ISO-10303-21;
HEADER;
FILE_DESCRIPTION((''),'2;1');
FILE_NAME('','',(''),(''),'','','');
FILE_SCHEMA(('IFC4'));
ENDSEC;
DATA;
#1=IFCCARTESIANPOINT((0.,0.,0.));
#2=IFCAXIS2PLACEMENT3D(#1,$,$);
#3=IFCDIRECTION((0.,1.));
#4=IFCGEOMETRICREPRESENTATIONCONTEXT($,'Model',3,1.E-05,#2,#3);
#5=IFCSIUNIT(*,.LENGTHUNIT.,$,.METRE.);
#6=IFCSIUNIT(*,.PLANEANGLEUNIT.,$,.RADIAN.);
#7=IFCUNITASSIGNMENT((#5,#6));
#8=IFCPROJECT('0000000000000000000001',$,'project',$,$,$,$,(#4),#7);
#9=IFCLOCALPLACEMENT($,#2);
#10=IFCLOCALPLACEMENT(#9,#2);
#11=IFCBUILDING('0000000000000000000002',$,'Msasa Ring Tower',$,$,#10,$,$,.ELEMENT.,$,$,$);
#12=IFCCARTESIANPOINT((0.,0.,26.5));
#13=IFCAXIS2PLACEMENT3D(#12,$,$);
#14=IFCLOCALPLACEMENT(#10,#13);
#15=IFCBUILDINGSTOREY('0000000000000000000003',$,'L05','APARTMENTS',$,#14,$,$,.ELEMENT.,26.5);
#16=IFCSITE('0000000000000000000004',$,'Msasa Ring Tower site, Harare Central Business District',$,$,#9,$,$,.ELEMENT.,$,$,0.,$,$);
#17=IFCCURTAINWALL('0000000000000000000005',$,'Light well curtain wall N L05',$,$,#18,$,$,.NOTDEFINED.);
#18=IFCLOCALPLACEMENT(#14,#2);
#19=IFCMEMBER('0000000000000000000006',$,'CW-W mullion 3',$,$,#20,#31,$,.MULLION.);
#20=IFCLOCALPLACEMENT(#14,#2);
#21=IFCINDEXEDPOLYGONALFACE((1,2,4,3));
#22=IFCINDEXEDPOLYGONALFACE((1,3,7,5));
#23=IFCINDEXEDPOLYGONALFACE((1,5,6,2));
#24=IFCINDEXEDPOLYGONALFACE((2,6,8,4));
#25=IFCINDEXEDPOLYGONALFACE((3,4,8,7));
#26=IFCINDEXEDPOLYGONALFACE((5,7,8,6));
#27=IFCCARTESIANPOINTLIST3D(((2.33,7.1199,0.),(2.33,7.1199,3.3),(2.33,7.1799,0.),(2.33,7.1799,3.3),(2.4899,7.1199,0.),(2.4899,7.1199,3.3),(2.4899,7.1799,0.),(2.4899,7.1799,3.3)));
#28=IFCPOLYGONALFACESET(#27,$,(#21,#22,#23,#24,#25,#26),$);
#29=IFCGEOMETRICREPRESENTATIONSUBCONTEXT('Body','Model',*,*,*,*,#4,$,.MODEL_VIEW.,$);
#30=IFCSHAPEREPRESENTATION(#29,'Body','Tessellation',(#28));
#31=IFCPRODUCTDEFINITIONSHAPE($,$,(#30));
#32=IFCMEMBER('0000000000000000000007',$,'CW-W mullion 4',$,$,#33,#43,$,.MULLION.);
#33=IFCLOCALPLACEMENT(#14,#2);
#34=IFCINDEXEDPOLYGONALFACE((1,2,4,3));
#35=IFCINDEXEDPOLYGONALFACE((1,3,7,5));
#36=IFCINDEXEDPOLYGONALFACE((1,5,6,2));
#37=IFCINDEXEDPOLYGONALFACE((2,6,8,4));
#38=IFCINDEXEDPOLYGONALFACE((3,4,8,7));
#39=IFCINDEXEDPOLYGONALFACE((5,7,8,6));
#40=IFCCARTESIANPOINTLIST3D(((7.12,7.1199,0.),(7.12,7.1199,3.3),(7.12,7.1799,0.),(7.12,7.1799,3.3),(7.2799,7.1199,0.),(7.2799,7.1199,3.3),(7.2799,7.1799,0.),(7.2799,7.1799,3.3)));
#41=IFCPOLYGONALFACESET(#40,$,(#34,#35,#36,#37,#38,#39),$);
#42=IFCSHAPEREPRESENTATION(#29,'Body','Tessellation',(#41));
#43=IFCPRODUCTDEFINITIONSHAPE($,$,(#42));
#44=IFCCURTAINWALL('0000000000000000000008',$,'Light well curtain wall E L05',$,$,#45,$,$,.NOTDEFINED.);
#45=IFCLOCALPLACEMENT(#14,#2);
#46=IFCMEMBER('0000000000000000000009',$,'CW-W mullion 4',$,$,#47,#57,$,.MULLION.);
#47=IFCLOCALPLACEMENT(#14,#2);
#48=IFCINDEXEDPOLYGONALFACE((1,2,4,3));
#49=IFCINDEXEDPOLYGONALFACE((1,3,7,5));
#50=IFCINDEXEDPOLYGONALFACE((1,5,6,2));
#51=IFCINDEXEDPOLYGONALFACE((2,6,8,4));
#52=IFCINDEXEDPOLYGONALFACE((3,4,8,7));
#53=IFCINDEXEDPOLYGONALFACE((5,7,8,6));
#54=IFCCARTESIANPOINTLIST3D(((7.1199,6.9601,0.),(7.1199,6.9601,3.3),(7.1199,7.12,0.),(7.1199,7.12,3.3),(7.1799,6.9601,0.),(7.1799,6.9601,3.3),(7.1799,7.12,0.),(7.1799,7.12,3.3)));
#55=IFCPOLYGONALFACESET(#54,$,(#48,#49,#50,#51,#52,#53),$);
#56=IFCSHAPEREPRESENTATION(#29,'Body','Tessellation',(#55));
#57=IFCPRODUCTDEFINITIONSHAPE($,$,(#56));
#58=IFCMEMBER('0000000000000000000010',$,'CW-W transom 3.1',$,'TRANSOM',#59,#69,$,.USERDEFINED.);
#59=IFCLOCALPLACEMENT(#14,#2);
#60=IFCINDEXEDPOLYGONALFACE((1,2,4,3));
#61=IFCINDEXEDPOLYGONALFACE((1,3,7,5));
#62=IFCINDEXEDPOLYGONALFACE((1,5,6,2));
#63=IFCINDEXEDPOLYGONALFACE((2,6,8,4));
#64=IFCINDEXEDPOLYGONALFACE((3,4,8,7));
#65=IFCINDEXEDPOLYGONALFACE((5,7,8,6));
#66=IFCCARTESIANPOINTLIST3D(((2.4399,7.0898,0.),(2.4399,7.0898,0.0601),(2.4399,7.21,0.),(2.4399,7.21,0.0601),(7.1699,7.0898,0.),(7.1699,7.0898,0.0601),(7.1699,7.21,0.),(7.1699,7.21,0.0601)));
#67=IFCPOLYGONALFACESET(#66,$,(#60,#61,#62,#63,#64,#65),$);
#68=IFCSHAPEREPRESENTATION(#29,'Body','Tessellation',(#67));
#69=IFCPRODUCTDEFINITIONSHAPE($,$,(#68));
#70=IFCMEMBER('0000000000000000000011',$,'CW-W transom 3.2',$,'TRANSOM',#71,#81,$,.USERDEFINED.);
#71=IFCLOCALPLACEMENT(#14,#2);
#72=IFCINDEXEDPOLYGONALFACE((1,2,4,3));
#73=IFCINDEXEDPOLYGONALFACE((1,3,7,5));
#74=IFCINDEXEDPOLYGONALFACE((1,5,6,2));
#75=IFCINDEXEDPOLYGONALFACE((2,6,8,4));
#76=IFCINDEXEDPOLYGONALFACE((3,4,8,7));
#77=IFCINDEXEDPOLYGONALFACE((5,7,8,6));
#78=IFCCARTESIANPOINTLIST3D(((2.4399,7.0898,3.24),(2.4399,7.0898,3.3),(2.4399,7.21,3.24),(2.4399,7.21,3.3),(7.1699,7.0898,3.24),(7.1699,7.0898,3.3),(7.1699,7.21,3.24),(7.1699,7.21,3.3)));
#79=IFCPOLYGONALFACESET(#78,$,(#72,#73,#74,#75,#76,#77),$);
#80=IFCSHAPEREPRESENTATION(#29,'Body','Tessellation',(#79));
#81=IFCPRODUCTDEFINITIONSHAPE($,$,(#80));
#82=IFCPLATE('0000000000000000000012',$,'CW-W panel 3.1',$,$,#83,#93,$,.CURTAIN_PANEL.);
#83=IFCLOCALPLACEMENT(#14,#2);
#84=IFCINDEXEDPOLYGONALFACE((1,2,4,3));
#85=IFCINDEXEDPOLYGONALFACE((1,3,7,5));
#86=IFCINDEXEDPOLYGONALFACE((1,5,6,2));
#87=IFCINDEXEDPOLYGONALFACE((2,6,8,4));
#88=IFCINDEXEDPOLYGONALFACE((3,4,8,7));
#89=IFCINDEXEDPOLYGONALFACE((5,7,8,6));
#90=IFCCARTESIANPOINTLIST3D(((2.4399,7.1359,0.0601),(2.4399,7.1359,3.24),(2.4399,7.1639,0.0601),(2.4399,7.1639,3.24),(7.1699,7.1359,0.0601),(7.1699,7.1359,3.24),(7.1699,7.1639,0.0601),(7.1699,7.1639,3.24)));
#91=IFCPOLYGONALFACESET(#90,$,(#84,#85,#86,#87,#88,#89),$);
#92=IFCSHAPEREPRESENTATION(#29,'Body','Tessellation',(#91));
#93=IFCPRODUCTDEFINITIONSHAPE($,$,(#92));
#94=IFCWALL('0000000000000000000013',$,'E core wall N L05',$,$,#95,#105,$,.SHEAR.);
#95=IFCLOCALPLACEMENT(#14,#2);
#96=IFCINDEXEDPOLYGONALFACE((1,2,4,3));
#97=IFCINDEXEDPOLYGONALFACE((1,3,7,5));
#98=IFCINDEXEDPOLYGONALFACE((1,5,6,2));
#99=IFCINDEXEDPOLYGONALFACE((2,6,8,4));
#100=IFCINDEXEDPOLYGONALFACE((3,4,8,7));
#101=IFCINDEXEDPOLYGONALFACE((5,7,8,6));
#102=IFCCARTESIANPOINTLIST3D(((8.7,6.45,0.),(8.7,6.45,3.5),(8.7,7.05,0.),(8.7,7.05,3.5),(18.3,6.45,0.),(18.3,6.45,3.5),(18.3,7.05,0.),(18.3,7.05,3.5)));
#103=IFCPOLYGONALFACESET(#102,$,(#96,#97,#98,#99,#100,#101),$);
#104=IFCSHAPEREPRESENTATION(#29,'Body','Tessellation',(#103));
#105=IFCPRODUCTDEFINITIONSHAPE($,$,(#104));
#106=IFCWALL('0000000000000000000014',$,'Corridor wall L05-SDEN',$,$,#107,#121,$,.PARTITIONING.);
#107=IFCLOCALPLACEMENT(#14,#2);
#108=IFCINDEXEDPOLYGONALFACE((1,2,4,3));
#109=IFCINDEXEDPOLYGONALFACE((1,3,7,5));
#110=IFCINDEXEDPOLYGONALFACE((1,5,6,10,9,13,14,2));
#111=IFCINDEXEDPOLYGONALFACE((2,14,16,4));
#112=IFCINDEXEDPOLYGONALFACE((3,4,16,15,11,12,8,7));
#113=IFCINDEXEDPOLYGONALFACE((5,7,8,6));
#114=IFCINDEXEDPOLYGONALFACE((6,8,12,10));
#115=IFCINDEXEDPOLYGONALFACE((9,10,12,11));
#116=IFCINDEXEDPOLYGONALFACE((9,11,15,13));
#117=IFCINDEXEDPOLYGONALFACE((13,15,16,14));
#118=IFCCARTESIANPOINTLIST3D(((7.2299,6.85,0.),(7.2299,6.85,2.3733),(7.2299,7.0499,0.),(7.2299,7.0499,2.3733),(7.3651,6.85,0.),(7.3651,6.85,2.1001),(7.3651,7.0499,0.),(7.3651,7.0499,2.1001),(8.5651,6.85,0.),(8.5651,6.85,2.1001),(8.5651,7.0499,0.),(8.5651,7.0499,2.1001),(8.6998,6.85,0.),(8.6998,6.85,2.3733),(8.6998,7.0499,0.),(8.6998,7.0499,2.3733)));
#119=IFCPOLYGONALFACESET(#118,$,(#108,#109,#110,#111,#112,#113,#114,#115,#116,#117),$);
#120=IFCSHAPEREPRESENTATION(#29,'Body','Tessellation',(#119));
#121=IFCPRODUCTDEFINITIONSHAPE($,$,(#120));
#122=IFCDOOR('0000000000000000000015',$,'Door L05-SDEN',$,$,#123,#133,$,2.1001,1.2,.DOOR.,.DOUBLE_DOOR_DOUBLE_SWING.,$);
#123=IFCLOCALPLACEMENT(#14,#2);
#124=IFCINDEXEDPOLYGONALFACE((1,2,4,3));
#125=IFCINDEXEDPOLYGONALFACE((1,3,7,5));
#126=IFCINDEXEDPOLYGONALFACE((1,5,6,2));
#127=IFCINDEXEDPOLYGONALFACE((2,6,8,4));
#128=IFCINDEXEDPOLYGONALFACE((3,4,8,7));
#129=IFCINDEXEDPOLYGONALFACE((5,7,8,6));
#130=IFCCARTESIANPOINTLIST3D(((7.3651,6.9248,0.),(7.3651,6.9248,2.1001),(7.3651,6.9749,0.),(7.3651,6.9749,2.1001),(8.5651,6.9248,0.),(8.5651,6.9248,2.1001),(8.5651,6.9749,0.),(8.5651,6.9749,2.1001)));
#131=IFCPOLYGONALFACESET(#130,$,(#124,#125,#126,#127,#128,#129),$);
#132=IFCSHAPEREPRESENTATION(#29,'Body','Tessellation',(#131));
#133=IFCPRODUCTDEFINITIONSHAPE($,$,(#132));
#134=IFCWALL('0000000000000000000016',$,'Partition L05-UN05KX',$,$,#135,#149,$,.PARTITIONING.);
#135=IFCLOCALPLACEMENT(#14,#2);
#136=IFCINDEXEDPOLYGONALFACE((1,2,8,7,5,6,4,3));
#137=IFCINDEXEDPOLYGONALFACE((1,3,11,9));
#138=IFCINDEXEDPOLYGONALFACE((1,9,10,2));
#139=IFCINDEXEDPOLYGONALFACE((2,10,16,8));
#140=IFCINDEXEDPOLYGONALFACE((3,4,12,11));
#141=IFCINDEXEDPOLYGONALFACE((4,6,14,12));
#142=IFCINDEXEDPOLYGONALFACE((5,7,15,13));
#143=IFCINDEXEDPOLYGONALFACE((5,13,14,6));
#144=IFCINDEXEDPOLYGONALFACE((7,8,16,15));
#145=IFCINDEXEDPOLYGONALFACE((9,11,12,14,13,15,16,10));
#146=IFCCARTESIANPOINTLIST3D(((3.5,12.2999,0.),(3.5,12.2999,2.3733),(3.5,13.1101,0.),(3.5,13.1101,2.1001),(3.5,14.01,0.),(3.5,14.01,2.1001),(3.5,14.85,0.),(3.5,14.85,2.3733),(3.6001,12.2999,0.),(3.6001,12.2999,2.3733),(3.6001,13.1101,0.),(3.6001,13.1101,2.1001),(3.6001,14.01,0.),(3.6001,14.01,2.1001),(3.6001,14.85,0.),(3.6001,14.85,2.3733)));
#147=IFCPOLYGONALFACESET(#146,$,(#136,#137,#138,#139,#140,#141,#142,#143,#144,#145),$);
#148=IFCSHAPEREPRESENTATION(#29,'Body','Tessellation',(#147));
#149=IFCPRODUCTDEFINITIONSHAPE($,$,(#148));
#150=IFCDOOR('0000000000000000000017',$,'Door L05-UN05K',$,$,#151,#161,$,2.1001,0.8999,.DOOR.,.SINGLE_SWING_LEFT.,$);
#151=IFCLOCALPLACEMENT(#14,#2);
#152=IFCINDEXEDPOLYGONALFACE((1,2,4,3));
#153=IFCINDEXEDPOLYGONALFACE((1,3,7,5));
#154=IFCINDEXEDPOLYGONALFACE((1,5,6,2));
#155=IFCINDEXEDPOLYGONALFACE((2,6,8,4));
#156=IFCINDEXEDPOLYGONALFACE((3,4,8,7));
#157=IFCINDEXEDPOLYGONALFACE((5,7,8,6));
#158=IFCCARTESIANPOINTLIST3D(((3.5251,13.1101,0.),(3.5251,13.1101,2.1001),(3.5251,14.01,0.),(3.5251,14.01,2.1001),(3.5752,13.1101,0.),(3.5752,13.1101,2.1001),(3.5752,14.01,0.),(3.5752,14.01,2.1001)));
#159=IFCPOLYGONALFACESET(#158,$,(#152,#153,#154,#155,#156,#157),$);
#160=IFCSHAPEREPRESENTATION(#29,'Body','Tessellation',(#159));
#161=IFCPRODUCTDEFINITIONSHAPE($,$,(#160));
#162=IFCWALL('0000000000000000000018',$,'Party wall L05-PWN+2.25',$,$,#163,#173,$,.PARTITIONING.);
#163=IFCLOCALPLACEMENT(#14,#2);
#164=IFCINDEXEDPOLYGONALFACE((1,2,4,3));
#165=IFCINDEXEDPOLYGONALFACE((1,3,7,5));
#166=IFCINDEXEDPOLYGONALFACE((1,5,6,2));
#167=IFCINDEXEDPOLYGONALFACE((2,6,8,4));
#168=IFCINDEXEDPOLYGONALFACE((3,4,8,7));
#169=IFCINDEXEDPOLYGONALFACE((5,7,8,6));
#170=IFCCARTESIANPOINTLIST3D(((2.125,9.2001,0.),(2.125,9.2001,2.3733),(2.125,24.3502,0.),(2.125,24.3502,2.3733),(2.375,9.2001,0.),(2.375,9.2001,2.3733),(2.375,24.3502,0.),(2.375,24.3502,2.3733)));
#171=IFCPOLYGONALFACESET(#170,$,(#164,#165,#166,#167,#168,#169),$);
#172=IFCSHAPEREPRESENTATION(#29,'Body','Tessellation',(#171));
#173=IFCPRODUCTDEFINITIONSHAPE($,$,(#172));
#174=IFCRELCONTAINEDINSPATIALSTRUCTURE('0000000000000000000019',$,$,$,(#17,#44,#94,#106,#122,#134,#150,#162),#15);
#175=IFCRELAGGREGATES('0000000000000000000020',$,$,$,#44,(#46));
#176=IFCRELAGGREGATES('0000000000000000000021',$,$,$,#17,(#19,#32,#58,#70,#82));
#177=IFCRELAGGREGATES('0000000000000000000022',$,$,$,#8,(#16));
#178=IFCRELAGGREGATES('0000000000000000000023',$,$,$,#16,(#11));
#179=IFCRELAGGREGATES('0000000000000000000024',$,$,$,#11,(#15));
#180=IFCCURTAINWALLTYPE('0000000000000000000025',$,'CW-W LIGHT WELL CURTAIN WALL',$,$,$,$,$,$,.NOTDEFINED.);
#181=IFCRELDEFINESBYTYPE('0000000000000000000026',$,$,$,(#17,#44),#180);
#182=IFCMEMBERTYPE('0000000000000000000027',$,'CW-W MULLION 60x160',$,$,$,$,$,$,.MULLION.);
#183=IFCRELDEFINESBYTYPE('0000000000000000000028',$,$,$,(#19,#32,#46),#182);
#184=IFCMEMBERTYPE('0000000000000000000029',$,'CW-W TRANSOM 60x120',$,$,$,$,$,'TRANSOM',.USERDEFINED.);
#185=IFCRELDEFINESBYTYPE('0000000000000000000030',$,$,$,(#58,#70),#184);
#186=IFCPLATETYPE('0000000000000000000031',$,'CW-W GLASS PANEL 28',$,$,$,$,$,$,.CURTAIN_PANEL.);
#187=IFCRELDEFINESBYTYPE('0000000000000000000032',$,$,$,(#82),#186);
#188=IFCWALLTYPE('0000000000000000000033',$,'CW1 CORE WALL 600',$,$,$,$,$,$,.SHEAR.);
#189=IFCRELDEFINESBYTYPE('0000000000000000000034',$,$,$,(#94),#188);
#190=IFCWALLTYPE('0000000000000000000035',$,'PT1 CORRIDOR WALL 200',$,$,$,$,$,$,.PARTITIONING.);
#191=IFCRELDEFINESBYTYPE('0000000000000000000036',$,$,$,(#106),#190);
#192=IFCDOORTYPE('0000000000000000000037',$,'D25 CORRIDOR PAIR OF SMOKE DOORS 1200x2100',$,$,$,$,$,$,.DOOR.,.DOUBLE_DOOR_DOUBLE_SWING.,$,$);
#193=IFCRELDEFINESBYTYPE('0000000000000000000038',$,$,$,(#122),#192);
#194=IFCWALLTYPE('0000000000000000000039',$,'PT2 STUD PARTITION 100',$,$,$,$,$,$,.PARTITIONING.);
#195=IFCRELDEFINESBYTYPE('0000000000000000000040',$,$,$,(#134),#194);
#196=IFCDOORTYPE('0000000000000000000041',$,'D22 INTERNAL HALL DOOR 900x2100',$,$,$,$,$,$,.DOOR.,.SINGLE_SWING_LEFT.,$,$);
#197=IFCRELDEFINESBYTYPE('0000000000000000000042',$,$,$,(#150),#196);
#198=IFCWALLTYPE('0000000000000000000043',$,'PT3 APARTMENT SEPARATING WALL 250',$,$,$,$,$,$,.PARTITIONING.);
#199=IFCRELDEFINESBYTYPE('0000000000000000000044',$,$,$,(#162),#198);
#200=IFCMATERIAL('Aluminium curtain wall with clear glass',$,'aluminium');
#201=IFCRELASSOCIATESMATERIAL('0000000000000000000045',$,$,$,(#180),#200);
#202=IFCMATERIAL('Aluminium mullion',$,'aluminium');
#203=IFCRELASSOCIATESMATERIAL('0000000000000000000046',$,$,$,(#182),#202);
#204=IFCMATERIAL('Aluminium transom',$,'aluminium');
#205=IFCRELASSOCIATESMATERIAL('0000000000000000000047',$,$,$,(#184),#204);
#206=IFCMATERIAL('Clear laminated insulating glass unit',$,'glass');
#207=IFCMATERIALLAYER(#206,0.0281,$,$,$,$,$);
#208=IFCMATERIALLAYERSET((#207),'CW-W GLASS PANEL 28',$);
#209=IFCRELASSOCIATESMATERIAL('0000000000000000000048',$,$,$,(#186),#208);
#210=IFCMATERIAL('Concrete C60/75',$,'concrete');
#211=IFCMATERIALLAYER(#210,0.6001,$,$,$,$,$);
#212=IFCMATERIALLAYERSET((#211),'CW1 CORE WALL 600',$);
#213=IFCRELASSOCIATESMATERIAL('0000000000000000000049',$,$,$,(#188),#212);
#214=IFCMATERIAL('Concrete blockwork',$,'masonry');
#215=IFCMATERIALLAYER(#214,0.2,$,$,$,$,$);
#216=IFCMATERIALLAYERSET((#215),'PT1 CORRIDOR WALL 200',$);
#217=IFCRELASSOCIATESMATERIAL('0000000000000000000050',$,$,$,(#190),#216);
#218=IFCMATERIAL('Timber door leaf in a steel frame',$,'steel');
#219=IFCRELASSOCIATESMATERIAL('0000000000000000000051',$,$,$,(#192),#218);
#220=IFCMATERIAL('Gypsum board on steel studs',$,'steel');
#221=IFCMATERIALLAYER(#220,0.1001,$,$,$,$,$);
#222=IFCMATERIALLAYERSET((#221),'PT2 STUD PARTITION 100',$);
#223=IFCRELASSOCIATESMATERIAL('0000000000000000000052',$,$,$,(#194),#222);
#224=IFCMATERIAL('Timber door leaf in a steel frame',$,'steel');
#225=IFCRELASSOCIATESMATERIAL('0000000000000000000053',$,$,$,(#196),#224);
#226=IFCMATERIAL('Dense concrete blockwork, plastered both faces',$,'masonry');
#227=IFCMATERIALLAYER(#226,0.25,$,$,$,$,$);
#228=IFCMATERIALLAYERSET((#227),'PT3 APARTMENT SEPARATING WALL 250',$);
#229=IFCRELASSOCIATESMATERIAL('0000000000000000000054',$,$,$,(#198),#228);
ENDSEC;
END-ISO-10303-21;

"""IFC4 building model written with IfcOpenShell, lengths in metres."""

from ifc_helpers import new_model, si_unit, direction, frame, frame_2d, origin, origin_2d, place, context, subcontext, project, spatial, rectangle, extrude, material, layer, layer_set, material_profile, profile_set, type_object, element, fill, aggregate, save


model = new_model("IFC4")

# Units and contexts
model_context = context("Model", 3, precision=1e-05, world=origin(), true_north=direction((0.0, 1.0)))
body_context = subcontext(model_context, "Body", "Model", "MODEL_VIEW")
ifc_project = project(units=[si_unit("LENGTHUNIT", "METRE"), si_unit("PLANEANGLEUNIT", "RADIAN")], contexts=[model_context])

# Site, building, storey
site_placement = place(None, origin())
site = spatial("IfcSite", under=ifc_project, at=site_placement, Name="Msasa Ring Tower site, Harare Central Business District", CompositionType="ELEMENT", RefElevation=0.0)
building_placement = place(site_placement, origin())
building = spatial("IfcBuilding", under=site, at=building_placement, Name="Msasa Ring Tower", CompositionType="ELEMENT")
storey_placement = place(building_placement, frame((0.0, 0.0, 26.5)))
storey = spatial("IfcBuildingStorey", under=building, at=storey_placement, Name="L05", Description="APARTMENTS", CompositionType="ELEMENT", Elevation=26.5)

# Curtain wall, members
ifc_material_1 = material(Name="Aluminium curtain wall with clear glass", Category="aluminium")
curtain_wall_type = type_object("IfcCurtainWallType", Name="CW-W LIGHT WELL CURTAIN WALL", PredefinedType="NOTDEFINED", material=ifc_material_1)
curtain_wall_1_placement = place(storey_placement, origin())
curtain_wall_1 = element("IfcCurtainWall", 1, at=curtain_wall_1_placement, inside=storey, type_object=curtain_wall_type, Name="Light well curtain wall N L05", PredefinedType="NOTDEFINED")
ifc_material_2 = material(Name="Aluminium mullion", Category="aluminium")
ifc_material_profile_1 = material_profile(ifc_material_2, rectangle(XDim=0.0601, YDim=0.1599, at=origin_2d()), Name="AL 60x160")
ifc_profile_set_1 = profile_set([ifc_material_profile_1], Name="Aluminium mullion")
member_type_1 = type_object("IfcMemberType", Name="CW-W MULLION 60x160", PredefinedType="MULLION", material=ifc_profile_set_1)
member_1_placement = place(storey_placement, frame((2.4099, 7.1499, 0.0), z_axis=(0.0, 0.0, 1.0), x_axis=(0.0, 1.0, 0.0)))
member_1 = element("IfcMember", 2, at=member_1_placement, type_object=member_type_1, Name="CW-W mullion 3", PredefinedType="MULLION", context=body_context, shape_type="SweptSolid", body=[
    extrude(rectangle(XDim=0.0601, YDim=0.1599, at=origin_2d()), origin(), (0.0, 0.0, 1.0), 3.3),
])
member_2_placement = place(storey_placement, frame((7.2, 7.1499, 0.0), z_axis=(0.0, 0.0, 1.0), x_axis=(0.0, 1.0, 0.0)))
member_2 = element("IfcMember", 3, at=member_2_placement, type_object=member_type_1, Name="CW-W mullion 4", PredefinedType="MULLION", context=body_context, shape_type="SweptSolid", body=[
    extrude(rectangle(XDim=0.0601, YDim=0.1599, at=origin_2d()), origin(), (0.0, 0.0, 1.0), 3.3),
])

# Curtain wall, member
curtain_wall_2_placement = place(storey_placement, origin())
curtain_wall_2 = element("IfcCurtainWall", 4, at=curtain_wall_2_placement, inside=storey, type_object=curtain_wall_type, Name="Light well curtain wall E L05", PredefinedType="NOTDEFINED")
member_3_placement = place(storey_placement, frame((7.1499, 7.04, 0.0), z_axis=(0.0, 0.0, 1.0), x_axis=(-1.0, 0.0, 0.0)))
member_3 = element("IfcMember", 5, at=member_3_placement, type_object=member_type_1, Name="CW-W mullion 4", PredefinedType="MULLION", context=body_context, shape_type="SweptSolid", body=[
    extrude(rectangle(XDim=0.0601, YDim=0.1599, at=origin_2d()), origin(), (0.0, 0.0, 1.0), 3.3),
])
aggregate(curtain_wall_2, [member_3])

# Members
ifc_material_3 = material(Name="Aluminium transom", Category="aluminium")
ifc_material_profile_2 = material_profile(ifc_material_3, rectangle(XDim=0.1201, YDim=0.0601, at=origin_2d()), Name="AL 60x120")
ifc_profile_set_2 = profile_set([ifc_material_profile_2], Name="Aluminium transom")
member_type_2 = type_object("IfcMemberType", Name="CW-W TRANSOM 60x120", ElementType="TRANSOM", PredefinedType="USERDEFINED", material=ifc_profile_set_2)
member_4_placement = place(storey_placement, frame((2.4399, 7.1499, 0.03), z_axis=(1.0, 0.0, 0.0), x_axis=(0.0, 1.0, 0.0)))
member_4 = element("IfcMember", 6, at=member_4_placement, type_object=member_type_2, Name="CW-W transom 3.1", ObjectType="TRANSOM", PredefinedType="USERDEFINED", context=body_context, shape_type="SweptSolid", body=[
    extrude(rectangle(XDim=0.1201, YDim=0.0601, at=origin_2d()), origin(), (0.0, 0.0, 1.0), 4.73),
])
member_5_placement = place(storey_placement, frame((2.4399, 7.1499, 3.27), z_axis=(1.0, 0.0, 0.0), x_axis=(0.0, 1.0, 0.0)))
member_5 = element("IfcMember", 7, at=member_5_placement, type_object=member_type_2, Name="CW-W transom 3.2", ObjectType="TRANSOM", PredefinedType="USERDEFINED", context=body_context, shape_type="SweptSolid", body=[
    extrude(rectangle(XDim=0.1201, YDim=0.0601, at=origin_2d()), origin(), (0.0, 0.0, 1.0), 4.73),
])

# Plate
ifc_material_4 = material(Name="Clear laminated insulating glass unit", Category="glass")
ifc_layer_1 = layer(ifc_material_4, 0.0281)
ifc_layer_set_1 = layer_set([ifc_layer_1], Name="CW-W GLASS PANEL 28")
plate_type = type_object("IfcPlateType", Name="CW-W GLASS PANEL 28", PredefinedType="CURTAIN_PANEL", material=ifc_layer_set_1)
plate_placement = place(storey_placement, frame((4.8049, 7.1499, 0.0601), z_axis=(0.0, 0.0, 1.0), x_axis=(1.0, 0.0, 0.0)))
plate = element("IfcPlate", 8, at=plate_placement, type_object=plate_type, Name="CW-W panel 3.1", PredefinedType="CURTAIN_PANEL", context=body_context, shape_type="SweptSolid", body=[
    extrude(rectangle(XDim=4.73, YDim=0.0281, at=origin_2d()), origin(), (0.0, 0.0, 1.0), 3.1799),
])
aggregate(curtain_wall_1, [member_1, member_2, member_4, member_5, plate])

# Wall
ifc_material_5 = material(Name="Concrete C60/75", Category="concrete")
ifc_layer_2 = layer(ifc_material_5, 0.6001)
ifc_layer_set_2 = layer_set([ifc_layer_2], Name="CW1 CORE WALL 600")
wall_type_1 = type_object("IfcWallType", Name="CW1 CORE WALL 600", PredefinedType="SHEAR", material=ifc_layer_set_2)
wall_1_placement = place(storey_placement, frame((8.7, 6.75, 0.0), z_axis=(0.0, 0.0, 1.0), x_axis=(1.0, 0.0, 0.0)))
element("IfcWall", 9, at=wall_1_placement, inside=storey, type_object=wall_type_1, Name="E core wall N L05", PredefinedType="SHEAR", context=body_context, shape_type="SweptSolid", body=[
    extrude(rectangle(XDim=9.6001, YDim=0.6001, at=frame_2d((4.8, 0.0))), origin(), (0.0, 0.0, 1.0), 3.5),
])

# Walls, openings, doors
ifc_material_6 = material(Name="Concrete blockwork", Category="masonry")
ifc_layer_3 = layer(ifc_material_6, 0.2)
ifc_layer_set_3 = layer_set([ifc_layer_3], Name="PT1 CORRIDOR WALL 200")
wall_type_2 = type_object("IfcWallType", Name="PT1 CORRIDOR WALL 200", PredefinedType="PARTITIONING", material=ifc_layer_set_3)
wall_2_placement = place(storey_placement, frame((7.23, 6.95, 0.0), z_axis=(0.0, 0.0, 1.0), x_axis=(1.0, 0.0, 0.0)))
wall_2 = element("IfcWall", 10, at=wall_2_placement, inside=storey, type_object=wall_type_2, Name="Corridor wall L05-SDEN", PredefinedType="PARTITIONING", context=body_context, shape_type="SweptSolid", body=[
    extrude(rectangle(XDim=1.47, YDim=0.2, at=frame_2d((0.7349, 0.0))), origin(), (0.0, 0.0, 1.0), 2.3733),
])
opening_1_placement = place(wall_2_placement, frame((0.135, 0.0, 0.0)))
opening_1 = element("IfcOpeningElement", 11, at=opening_1_placement, cuts=wall_2, PredefinedType="OPENING", context=body_context, shape_type="SweptSolid", body=[
    extrude(rectangle(XDim=1.2, YDim=2.1001, at=frame_2d((0.6001, 1.05))), frame((0.0, 0.1099, 0.0), z_axis=(0.0, -1.0, 0.0), x_axis=(1.0, 0.0, 0.0)), (0.0, 0.0, 1.0), 0.22),
])
ifc_material_7 = material(Name="Timber door leaf in a steel frame", Category="steel")
door_type_1 = type_object("IfcDoorType", Name="D25 CORRIDOR PAIR OF SMOKE DOORS 1200x2100", OperationType="DOUBLE_DOOR_DOUBLE_SWING", PredefinedType="DOOR", material=ifc_material_7)
door_1_placement = place(opening_1_placement, origin())
door_1 = element("IfcDoor", 12, at=door_1_placement, inside=storey, type_object=door_type_1, Name="Door L05-SDEN", OperationType="DOUBLE_DOOR_DOUBLE_SWING", OverallHeight=2.1001, OverallWidth=1.2, PredefinedType="DOOR", context=body_context, shape_type="SweptSolid", body=[
    extrude(rectangle(XDim=1.2, YDim=2.1001, at=frame_2d((0.6001, 1.05))), frame((0.0, 0.0249, 0.0), z_axis=(0.0, -1.0, 0.0), x_axis=(1.0, 0.0, 0.0)), (0.0, 0.0, 1.0), 0.05),
])
fill(opening_1, door_1)
ifc_material_8 = material(Name="Gypsum board on steel studs", Category="steel")
ifc_layer_4 = layer(ifc_material_8, 0.1001)
ifc_layer_set_4 = layer_set([ifc_layer_4], Name="PT2 STUD PARTITION 100")
wall_type_3 = type_object("IfcWallType", Name="PT2 STUD PARTITION 100", PredefinedType="PARTITIONING", material=ifc_layer_set_4)
wall_3_placement = place(storey_placement, frame((3.55, 12.3, 0.0), z_axis=(0.0, 0.0, 1.0), x_axis=(0.0, 1.0, 0.0)))
wall_3 = element("IfcWall", 13, at=wall_3_placement, inside=storey, type_object=wall_type_3, Name="Partition L05-UN05KX", PredefinedType="PARTITIONING", context=body_context, shape_type="SweptSolid", body=[
    extrude(rectangle(XDim=2.55, YDim=0.1001, at=frame_2d((1.2749, 0.0))), origin(), (0.0, 0.0, 1.0), 2.3733),
])
opening_2_placement = place(wall_3_placement, frame((0.8101, 0.0, 0.0)))
opening_2 = element("IfcOpeningElement", 14, at=opening_2_placement, cuts=wall_3, PredefinedType="OPENING", context=body_context, shape_type="SweptSolid", body=[
    extrude(rectangle(XDim=0.8999, YDim=2.1001, at=frame_2d((0.45, 1.05))), frame((0.0, 0.0601, 0.0), z_axis=(0.0, -1.0, 0.0), x_axis=(1.0, 0.0, 0.0)), (0.0, 0.0, 1.0), 0.1201),
])
ifc_material_9 = material(Name="Timber door leaf in a steel frame", Category="steel")
door_type_2 = type_object("IfcDoorType", Name="D22 INTERNAL HALL DOOR 900x2100", OperationType="SINGLE_SWING_LEFT", PredefinedType="DOOR", material=ifc_material_9)
door_2_placement = place(opening_2_placement, origin())
door_2 = element("IfcDoor", 15, at=door_2_placement, inside=storey, type_object=door_type_2, Name="Door L05-UN05K", OperationType="SINGLE_SWING_LEFT", OverallHeight=2.1001, OverallWidth=0.8999, PredefinedType="DOOR", context=body_context, shape_type="SweptSolid", body=[
    extrude(rectangle(XDim=0.8999, YDim=2.1001, at=frame_2d((0.45, 1.05))), frame((0.0, 0.0249, 0.0), z_axis=(0.0, -1.0, 0.0), x_axis=(1.0, 0.0, 0.0)), (0.0, 0.0, 1.0), 0.05),
])
fill(opening_2, door_2)

# Wall
ifc_material_10 = material(Name="Dense concrete blockwork, plastered both faces", Category="masonry")
ifc_layer_5 = layer(ifc_material_10, 0.25)
ifc_layer_set_5 = layer_set([ifc_layer_5], Name="PT3 APARTMENT SEPARATING WALL 250")
wall_type_4 = type_object("IfcWallType", Name="PT3 APARTMENT SEPARATING WALL 250", PredefinedType="PARTITIONING", material=ifc_layer_set_5)
for number, where, z_axis, x_axis, name in (
    (16, (2.25, 9.2, 0.0), (0.0, 0.0, 1.0), (0.0, 1.0, 0.0), "Party wall L05-PWN+2.25"),
):
    element("IfcWall", number, at=place(storey_placement, frame(where, z_axis=z_axis, x_axis=x_axis)), inside=storey, type_object=wall_type_4, Name=name, PredefinedType="PARTITIONING", context=body_context, shape_type="SweptSolid", body=[
        extrude(rectangle(XDim=15.1501, YDim=0.25, at=frame_2d((7.5752, 0.0))), origin(), (0.0, 0.0, 1.0), 2.3733),
    ])

save(model, "model.ifc")
